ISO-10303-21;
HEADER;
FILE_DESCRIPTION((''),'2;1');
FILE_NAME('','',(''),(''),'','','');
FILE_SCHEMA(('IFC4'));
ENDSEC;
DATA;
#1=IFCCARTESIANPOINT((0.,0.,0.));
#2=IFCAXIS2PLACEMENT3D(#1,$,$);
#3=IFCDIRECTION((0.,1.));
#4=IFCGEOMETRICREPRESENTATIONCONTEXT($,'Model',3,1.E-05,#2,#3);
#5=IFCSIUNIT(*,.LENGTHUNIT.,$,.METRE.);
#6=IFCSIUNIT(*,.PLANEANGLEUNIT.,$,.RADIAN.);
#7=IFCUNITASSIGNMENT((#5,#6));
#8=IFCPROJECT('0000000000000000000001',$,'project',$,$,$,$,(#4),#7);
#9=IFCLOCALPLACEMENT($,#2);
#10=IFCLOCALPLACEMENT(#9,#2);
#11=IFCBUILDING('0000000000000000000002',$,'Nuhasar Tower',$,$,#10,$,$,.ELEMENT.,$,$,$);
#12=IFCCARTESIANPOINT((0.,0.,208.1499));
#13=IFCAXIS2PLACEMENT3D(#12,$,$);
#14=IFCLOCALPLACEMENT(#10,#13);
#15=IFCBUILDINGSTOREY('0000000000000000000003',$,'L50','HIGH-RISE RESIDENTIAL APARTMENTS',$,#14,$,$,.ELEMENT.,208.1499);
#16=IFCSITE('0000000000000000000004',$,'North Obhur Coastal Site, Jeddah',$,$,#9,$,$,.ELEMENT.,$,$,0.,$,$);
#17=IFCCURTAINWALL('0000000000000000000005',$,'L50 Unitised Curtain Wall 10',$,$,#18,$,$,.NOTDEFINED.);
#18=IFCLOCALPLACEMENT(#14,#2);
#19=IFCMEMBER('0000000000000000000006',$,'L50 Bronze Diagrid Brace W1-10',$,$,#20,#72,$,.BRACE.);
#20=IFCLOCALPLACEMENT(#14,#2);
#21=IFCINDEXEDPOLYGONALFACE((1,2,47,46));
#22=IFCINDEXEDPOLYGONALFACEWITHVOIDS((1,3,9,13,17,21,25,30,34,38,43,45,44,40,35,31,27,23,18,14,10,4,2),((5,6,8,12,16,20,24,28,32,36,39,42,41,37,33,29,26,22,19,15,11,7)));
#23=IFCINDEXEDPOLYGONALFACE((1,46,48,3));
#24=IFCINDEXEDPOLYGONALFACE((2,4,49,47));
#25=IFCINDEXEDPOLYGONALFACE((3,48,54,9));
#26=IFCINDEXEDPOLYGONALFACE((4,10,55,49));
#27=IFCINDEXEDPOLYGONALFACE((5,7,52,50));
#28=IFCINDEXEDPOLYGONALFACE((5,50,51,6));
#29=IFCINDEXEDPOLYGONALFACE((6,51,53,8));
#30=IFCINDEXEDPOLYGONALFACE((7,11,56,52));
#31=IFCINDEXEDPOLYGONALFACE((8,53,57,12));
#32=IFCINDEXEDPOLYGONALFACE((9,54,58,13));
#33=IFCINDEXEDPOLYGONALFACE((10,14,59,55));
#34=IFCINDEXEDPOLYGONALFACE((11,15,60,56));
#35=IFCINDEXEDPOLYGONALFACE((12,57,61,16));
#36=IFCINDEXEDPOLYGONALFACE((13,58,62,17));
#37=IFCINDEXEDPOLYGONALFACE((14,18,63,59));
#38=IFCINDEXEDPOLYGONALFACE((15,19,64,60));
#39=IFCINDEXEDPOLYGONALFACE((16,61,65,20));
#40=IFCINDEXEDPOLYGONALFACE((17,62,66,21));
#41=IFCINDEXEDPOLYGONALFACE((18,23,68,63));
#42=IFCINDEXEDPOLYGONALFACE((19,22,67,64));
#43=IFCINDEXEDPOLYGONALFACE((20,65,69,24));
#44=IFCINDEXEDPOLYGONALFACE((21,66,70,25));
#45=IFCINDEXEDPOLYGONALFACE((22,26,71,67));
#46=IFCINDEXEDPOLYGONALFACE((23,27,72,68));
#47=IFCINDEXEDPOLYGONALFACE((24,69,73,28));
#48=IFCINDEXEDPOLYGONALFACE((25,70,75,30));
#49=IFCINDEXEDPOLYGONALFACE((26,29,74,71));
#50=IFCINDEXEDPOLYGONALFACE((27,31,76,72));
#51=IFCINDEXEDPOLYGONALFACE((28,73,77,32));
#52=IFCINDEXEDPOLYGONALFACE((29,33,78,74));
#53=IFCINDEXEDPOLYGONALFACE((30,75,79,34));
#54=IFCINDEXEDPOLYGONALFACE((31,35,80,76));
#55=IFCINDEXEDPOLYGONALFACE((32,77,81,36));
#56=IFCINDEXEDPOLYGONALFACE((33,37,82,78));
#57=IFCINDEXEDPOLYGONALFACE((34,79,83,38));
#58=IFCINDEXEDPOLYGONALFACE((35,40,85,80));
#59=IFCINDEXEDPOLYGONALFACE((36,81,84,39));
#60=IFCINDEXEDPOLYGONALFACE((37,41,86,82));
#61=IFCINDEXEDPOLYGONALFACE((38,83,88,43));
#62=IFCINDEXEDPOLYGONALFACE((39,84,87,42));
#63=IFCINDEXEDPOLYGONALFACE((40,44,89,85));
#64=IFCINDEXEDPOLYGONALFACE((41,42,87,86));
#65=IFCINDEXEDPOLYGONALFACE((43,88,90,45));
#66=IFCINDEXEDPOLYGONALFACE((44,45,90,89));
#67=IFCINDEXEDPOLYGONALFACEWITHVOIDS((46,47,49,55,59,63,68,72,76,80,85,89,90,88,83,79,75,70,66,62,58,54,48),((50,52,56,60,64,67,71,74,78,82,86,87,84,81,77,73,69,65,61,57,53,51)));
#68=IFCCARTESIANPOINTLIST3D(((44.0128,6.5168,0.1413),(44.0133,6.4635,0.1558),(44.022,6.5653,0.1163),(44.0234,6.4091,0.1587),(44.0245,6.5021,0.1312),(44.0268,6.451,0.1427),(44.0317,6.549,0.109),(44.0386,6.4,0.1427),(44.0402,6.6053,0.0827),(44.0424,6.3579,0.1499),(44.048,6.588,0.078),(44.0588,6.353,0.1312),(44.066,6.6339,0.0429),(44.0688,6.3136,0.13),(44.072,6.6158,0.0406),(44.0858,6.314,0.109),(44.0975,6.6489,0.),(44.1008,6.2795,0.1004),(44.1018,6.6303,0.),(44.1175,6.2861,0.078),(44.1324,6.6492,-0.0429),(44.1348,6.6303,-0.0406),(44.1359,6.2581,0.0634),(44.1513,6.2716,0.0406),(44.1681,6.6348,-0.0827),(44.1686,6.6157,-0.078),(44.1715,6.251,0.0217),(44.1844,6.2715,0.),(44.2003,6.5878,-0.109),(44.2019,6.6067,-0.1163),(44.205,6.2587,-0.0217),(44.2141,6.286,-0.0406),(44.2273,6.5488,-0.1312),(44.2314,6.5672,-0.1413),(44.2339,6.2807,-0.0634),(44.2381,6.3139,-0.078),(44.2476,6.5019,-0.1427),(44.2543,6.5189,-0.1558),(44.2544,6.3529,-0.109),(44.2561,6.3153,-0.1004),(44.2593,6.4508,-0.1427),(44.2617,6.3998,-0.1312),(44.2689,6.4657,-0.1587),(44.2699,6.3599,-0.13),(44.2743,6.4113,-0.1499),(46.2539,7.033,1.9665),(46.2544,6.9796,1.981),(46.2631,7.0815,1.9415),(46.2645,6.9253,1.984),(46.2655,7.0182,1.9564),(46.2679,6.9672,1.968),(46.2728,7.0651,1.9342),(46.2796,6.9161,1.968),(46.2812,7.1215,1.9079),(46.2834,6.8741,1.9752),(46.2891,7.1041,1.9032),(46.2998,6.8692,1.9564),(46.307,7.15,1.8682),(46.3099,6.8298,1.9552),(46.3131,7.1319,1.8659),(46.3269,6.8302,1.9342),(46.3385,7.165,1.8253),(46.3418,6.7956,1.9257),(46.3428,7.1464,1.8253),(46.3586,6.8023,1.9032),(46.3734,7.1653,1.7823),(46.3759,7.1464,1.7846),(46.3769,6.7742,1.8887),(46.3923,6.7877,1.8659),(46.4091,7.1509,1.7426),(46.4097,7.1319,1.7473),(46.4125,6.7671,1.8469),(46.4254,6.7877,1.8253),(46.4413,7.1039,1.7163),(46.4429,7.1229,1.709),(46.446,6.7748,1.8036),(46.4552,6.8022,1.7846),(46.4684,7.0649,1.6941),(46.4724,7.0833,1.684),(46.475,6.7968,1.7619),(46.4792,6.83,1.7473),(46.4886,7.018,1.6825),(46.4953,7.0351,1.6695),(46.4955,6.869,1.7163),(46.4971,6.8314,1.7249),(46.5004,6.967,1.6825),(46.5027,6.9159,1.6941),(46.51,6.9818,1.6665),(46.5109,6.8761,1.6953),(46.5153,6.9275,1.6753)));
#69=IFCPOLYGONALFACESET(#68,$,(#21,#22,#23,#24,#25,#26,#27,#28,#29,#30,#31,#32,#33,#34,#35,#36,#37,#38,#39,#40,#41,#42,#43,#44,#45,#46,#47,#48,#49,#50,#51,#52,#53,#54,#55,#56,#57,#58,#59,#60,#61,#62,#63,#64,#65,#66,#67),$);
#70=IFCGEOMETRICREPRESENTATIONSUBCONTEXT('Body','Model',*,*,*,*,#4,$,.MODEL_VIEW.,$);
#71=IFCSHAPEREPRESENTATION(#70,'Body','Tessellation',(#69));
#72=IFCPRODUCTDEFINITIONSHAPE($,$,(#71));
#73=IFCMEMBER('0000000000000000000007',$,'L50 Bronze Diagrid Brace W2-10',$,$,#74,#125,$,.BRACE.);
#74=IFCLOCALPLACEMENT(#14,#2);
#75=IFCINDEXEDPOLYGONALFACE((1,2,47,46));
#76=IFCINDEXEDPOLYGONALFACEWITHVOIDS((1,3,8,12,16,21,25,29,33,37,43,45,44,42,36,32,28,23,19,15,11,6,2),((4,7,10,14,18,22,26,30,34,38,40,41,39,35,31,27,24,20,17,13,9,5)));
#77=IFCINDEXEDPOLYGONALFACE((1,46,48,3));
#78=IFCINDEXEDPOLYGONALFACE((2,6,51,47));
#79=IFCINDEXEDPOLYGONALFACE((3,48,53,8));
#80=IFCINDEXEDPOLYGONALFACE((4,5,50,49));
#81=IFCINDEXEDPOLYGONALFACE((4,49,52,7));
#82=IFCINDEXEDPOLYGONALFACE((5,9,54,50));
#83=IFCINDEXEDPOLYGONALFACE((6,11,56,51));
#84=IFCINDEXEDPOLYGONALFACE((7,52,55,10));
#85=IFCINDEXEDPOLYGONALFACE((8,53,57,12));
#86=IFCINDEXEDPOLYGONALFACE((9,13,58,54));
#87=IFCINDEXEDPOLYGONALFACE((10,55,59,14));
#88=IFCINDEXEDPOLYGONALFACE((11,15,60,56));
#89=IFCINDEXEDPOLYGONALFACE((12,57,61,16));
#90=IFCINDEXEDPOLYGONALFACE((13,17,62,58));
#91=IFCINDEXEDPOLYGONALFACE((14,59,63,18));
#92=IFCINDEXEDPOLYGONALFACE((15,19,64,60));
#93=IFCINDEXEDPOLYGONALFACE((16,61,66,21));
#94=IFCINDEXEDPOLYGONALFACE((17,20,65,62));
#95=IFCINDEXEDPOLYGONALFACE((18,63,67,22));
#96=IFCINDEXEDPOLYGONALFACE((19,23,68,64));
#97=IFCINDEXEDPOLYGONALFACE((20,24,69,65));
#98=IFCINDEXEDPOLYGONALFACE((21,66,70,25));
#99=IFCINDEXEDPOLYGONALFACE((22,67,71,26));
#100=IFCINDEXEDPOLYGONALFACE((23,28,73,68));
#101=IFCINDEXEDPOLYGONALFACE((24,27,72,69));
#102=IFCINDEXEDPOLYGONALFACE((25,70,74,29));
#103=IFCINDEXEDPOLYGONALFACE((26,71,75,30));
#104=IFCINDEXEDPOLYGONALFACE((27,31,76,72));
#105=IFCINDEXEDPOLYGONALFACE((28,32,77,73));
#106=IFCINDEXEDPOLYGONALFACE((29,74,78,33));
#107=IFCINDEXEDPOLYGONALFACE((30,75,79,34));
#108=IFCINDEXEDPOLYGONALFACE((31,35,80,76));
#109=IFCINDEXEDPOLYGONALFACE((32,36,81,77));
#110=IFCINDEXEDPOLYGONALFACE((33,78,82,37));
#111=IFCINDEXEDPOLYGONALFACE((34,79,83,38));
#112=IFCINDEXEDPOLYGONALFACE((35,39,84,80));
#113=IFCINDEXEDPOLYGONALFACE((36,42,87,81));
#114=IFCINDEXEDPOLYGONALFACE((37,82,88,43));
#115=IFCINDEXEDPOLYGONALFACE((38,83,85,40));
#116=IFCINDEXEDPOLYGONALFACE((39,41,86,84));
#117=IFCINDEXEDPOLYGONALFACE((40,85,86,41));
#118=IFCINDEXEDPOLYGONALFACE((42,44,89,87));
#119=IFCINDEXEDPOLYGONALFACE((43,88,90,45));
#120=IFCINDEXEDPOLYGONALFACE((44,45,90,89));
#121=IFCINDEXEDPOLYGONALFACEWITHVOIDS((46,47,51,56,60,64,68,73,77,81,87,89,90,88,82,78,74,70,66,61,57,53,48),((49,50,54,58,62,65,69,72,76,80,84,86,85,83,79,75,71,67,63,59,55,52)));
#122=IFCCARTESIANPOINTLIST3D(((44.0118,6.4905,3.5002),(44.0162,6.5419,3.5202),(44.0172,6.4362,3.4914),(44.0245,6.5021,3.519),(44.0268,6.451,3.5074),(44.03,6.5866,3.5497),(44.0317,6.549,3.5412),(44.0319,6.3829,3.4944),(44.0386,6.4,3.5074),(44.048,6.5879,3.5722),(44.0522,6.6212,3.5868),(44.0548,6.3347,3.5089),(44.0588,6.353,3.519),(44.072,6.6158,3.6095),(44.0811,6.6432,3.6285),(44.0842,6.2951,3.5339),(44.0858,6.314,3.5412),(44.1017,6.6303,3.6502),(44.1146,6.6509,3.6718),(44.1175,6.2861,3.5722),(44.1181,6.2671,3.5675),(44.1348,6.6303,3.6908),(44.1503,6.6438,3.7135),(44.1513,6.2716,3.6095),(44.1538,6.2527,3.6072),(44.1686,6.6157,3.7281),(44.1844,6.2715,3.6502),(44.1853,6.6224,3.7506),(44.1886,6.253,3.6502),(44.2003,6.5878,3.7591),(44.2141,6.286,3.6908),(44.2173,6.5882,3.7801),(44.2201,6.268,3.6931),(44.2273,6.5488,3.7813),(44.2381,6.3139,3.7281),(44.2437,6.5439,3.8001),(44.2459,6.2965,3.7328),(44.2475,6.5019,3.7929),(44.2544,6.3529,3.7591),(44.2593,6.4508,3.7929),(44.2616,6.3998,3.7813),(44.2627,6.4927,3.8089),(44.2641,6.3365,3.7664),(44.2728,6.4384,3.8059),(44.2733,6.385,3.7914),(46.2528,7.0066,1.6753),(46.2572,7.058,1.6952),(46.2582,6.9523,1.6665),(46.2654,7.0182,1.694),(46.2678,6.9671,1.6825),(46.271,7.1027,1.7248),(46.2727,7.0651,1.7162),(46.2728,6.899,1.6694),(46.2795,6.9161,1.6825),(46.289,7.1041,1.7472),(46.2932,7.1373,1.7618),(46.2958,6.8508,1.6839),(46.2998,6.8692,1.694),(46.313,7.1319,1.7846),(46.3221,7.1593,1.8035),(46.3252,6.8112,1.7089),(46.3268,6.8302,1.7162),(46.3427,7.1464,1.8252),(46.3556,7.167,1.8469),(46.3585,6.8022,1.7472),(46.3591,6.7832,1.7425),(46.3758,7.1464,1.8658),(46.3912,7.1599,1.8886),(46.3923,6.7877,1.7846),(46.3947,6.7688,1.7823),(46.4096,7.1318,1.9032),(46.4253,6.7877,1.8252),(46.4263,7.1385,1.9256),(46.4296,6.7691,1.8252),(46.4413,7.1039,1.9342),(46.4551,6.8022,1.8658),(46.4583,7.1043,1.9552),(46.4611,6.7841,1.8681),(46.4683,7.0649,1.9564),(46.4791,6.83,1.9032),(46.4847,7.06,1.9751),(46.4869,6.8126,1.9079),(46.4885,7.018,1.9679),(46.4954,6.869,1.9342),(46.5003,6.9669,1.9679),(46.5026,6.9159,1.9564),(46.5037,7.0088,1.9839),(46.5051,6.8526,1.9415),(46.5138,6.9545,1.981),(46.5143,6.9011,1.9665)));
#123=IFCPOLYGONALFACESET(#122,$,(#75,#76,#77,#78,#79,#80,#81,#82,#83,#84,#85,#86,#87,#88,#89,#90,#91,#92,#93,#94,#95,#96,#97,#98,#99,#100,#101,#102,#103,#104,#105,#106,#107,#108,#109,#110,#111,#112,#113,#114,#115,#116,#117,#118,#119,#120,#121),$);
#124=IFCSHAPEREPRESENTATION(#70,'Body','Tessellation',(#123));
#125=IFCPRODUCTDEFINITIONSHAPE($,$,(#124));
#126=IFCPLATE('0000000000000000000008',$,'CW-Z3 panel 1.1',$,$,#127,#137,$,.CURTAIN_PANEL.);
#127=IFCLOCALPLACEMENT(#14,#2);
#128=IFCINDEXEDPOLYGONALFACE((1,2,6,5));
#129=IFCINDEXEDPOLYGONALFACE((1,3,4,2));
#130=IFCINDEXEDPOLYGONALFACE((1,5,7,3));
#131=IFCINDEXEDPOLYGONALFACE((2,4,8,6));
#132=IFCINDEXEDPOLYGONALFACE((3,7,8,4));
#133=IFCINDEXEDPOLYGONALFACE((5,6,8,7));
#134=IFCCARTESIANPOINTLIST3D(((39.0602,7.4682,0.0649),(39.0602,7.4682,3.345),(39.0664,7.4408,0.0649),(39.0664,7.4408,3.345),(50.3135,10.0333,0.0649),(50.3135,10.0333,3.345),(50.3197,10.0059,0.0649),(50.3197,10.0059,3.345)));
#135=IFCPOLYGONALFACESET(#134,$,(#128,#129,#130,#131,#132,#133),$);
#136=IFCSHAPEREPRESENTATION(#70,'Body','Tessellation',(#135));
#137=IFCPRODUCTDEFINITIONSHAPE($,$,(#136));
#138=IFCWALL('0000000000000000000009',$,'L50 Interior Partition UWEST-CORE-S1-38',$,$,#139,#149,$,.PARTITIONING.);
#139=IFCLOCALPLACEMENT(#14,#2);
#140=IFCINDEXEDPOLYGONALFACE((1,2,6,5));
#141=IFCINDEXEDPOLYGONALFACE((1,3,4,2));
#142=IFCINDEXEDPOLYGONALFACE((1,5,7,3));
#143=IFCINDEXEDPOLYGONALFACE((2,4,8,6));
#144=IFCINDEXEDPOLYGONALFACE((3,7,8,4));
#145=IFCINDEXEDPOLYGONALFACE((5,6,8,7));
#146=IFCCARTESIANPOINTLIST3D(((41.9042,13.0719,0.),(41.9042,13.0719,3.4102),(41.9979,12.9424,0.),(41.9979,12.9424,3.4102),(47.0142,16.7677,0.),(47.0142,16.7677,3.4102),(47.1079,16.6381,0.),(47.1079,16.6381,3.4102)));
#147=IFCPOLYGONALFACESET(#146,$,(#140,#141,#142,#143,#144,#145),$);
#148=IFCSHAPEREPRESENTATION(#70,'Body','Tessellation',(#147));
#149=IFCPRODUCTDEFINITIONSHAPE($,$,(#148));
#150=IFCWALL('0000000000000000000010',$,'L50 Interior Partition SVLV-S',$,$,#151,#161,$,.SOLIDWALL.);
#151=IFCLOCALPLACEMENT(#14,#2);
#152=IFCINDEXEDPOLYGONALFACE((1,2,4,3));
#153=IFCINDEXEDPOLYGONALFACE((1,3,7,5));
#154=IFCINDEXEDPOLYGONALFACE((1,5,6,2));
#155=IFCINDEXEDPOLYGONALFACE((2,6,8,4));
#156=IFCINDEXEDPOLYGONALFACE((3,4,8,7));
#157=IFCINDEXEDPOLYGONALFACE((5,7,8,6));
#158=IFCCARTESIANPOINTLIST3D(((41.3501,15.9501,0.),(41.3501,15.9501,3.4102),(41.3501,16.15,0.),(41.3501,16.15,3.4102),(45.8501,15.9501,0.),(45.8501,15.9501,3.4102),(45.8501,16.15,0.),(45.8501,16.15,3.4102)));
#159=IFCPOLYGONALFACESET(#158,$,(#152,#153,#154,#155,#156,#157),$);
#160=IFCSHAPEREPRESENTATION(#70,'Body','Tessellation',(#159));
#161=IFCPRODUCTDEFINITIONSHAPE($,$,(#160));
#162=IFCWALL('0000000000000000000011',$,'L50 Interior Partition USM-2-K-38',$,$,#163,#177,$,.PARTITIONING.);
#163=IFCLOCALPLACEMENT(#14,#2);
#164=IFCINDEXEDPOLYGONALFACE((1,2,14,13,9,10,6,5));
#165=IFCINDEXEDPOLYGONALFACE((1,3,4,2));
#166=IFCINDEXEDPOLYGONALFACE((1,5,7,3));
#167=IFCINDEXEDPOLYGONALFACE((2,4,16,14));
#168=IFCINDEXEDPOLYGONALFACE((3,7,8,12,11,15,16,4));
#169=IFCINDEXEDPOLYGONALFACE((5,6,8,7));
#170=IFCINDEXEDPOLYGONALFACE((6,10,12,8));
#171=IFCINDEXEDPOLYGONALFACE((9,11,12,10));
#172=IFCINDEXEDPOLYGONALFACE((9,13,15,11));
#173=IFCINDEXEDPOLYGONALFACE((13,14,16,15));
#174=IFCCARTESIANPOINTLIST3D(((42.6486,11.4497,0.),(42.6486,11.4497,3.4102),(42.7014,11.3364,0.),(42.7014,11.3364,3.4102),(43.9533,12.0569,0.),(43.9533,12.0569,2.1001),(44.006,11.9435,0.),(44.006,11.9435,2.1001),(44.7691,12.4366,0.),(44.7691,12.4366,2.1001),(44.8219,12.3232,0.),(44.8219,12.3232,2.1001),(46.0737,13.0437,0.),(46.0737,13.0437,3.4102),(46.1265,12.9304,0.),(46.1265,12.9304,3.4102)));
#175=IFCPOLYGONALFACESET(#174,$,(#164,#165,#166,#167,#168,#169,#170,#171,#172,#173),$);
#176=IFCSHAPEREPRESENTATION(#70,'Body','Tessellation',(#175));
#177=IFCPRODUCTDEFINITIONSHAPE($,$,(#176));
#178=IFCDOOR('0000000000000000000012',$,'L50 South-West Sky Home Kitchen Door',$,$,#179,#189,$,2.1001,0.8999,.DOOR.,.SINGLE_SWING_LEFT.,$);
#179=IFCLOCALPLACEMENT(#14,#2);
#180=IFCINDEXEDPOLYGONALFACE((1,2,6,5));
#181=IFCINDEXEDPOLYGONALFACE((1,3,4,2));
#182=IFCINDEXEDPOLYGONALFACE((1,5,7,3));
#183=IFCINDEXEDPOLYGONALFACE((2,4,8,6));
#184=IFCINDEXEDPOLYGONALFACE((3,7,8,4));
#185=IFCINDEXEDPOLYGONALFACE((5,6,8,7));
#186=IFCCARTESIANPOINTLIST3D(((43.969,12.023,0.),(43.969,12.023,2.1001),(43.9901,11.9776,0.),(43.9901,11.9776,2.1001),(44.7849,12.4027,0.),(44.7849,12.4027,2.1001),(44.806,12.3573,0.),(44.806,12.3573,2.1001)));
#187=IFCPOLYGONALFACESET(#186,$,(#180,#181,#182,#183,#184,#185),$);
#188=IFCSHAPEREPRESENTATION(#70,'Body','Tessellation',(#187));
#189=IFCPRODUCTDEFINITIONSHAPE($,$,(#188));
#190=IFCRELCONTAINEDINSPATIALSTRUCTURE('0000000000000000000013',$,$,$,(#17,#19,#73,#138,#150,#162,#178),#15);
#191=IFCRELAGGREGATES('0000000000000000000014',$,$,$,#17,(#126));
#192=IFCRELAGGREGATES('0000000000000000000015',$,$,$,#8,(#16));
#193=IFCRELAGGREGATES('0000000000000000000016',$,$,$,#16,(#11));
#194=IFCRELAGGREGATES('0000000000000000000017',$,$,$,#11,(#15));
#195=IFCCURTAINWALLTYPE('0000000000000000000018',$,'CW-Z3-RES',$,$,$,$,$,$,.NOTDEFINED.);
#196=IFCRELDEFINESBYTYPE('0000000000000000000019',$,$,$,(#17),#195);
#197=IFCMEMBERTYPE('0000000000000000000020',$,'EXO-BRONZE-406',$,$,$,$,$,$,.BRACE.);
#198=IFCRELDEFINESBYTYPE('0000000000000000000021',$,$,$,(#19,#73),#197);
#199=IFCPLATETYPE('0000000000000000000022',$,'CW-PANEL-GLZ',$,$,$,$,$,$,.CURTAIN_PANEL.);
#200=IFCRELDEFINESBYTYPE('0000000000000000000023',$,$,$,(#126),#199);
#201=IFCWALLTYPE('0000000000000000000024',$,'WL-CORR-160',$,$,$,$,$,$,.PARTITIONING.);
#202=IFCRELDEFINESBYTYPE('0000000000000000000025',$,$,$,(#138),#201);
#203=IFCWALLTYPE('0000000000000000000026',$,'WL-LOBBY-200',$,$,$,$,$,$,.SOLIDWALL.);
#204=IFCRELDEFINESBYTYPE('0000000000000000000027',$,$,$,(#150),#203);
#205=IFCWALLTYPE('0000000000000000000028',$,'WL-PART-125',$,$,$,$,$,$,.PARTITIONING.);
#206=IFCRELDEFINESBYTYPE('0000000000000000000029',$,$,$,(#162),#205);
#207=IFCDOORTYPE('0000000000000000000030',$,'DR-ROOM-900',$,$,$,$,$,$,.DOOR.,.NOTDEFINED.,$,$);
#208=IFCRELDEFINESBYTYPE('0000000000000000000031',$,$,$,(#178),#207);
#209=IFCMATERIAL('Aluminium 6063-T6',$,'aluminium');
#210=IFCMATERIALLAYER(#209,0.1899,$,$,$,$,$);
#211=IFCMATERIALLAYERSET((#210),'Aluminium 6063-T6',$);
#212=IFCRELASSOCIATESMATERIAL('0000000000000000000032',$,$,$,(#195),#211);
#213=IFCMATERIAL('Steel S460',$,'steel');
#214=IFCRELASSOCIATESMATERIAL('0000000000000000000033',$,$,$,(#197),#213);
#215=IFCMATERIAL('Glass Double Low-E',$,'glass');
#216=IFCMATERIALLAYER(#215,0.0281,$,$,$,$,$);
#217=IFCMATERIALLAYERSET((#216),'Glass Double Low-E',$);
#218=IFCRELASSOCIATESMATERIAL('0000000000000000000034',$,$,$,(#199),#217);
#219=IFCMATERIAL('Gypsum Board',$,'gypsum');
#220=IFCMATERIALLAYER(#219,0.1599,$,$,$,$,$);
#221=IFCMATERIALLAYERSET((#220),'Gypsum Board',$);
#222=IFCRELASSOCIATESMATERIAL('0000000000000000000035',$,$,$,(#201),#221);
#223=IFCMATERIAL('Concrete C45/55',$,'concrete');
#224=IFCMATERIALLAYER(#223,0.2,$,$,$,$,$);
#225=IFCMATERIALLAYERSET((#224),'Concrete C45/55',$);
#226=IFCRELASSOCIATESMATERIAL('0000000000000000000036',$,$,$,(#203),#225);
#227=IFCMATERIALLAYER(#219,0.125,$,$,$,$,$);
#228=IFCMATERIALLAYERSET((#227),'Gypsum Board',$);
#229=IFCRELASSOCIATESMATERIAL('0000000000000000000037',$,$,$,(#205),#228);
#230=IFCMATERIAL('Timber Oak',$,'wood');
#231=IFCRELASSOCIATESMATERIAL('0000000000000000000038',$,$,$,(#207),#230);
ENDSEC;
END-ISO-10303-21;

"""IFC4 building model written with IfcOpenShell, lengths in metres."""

from ifc_helpers import new_model, si_unit, direction, frame, frame_2d, origin, origin_2d, place, context, subcontext, project, spatial, rectangle, hollow_circle, extrude, material, layer, layer_set, material_profile, profile_set, type_object, element, fill, aggregate, save


model = new_model("IFC4")

# Units and contexts
model_context = context("Model", 3, precision=1e-05, world=origin(), true_north=direction((0.0, 1.0)))
body_context = subcontext(model_context, "Body", "Model", "MODEL_VIEW")
ifc_project = project(units=[si_unit("LENGTHUNIT", "METRE"), si_unit("PLANEANGLEUNIT", "RADIAN")], contexts=[model_context])

# Site, building, storey
site_placement = place(None, origin())
site = spatial("IfcSite", under=ifc_project, at=site_placement, Name="North Obhur Coastal Site, Jeddah", CompositionType="ELEMENT", RefElevation=0.0)
building_placement = place(site_placement, origin())
building = spatial("IfcBuilding", under=site, at=building_placement, Name="Nuhasar Tower", CompositionType="ELEMENT")
storey_placement = place(building_placement, frame((0.0, 0.0, 208.1499)))
storey = spatial("IfcBuildingStorey", under=building, at=storey_placement, Name="L50", Description="HIGH-RISE RESIDENTIAL APARTMENTS", CompositionType="ELEMENT", Elevation=208.1499)

# Curtain wall
ifc_material_1 = material(Name="Aluminium 6063-T6", Category="aluminium")
ifc_layer_1 = layer(ifc_material_1, 0.1899)
ifc_layer_set_1 = layer_set([ifc_layer_1], Name="Aluminium 6063-T6")
curtain_wall_type = type_object("IfcCurtainWallType", Name="CW-Z3-RES", PredefinedType="NOTDEFINED", material=ifc_layer_set_1)
curtain_wall_placement = place(storey_placement, origin())
curtain_wall = element("IfcCurtainWall", 1, at=curtain_wall_placement, inside=storey, type_object=curtain_wall_type, Name="L50 Unitised Curtain Wall 10", PredefinedType="NOTDEFINED")

# Members
ifc_material_2 = material(Name="Steel S460", Category="steel")
ifc_material_profile_1 = material_profile(ifc_material_2, hollow_circle(Radius=0.2031, WallThickness=0.019, at=origin_2d()), Name="HSS406.4X19.1")
ifc_profile_set_1 = profile_set([ifc_material_profile_1], Name="Steel S460")
member_type_1 = type_object("IfcMemberType", Name="EXO-BRONZE-406", PredefinedType="BRACE", material=ifc_profile_set_1)
member_1_placement = place(storey_placement, frame((44.1431, 6.4509, 0.0), z_axis=(0.763292, 0.175793, 0.621677), x_axis=(-0.224433, 0.97449, 0.0)))
element("IfcMember", 2, at=member_1_placement, inside=storey, type_object=member_type_1, Name="L50 Bronze Diagrid Brace W1-10", PredefinedType="BRACE", context=body_context, shape_type="SweptSolid", body=[
    extrude(hollow_circle(Radius=0.2031, WallThickness=0.019, at=origin_2d()), origin(), (0.0, 0.0, 1.0), 2.936),
])
member_2_placement = place(storey_placement, frame((46.384, 6.967, 1.8252), z_axis=(-0.763332, -0.175802, 0.621626), x_axis=(0.224433, -0.97449, 0.0)))
element("IfcMember", 3, at=member_2_placement, inside=storey, type_object=member_type_1, Name="L50 Bronze Diagrid Brace W2-10", PredefinedType="BRACE", context=body_context, shape_type="SweptSolid", body=[
    extrude(hollow_circle(Radius=0.2031, WallThickness=0.019, at=origin_2d()), origin(), (0.0, 0.0, 1.0), 2.9358),
])

# Plate
ifc_material_3 = material(Name="Glass Double Low-E", Category="glass")
ifc_layer_2 = layer(ifc_material_3, 0.0281)
ifc_layer_set_2 = layer_set([ifc_layer_2], Name="Glass Double Low-E")
plate_type = type_object("IfcPlateType", Name="CW-PANEL-GLZ", PredefinedType="CURTAIN_PANEL", material=ifc_layer_set_2)
plate_placement = place(storey_placement, frame((44.6899, 8.7371, 0.0649), z_axis=(0.0, 0.0, 1.0), x_axis=(0.974991, 0.222243, 0.0)))
plate = element("IfcPlate", 4, at=plate_placement, type_object=plate_type, Name="CW-Z3 panel 1.1", PredefinedType="CURTAIN_PANEL", context=body_context, shape_type="SweptSolid", body=[
    extrude(rectangle(XDim=11.542, YDim=0.0281, at=origin_2d()), origin(), (0.0, 0.0, 1.0), 3.28),
])
aggregate(curtain_wall, [plate])

# Wall
ifc_material_4 = material(Name="Gypsum Board", Category="gypsum")
ifc_layer_3 = layer(ifc_material_4, 0.1599)
ifc_layer_set_3 = layer_set([ifc_layer_3], Name="Gypsum Board")
wall_type_1 = type_object("IfcWallType", Name="WL-CORR-160", PredefinedType="PARTITIONING", material=ifc_layer_set_3)
wall_1_placement = place(storey_placement, frame((41.9509, 13.0071, 0.0), z_axis=(0.0, 0.0, 1.0), x_axis=(0.81029, 0.586029, 0.0)))
element("IfcWall", 5, at=wall_1_placement, inside=storey, type_object=wall_type_1, Name="L50 Interior Partition UWEST-CORE-S1-38", PredefinedType="PARTITIONING", context=body_context, shape_type="SweptSolid", body=[
    extrude(rectangle(XDim=6.3064, YDim=0.1599, at=frame_2d((3.1533, 0.0))), origin(), (0.0, 0.0, 1.0), 3.4102),
])

# Shared definitions
ifc_material_5 = material(Name="Concrete C45/55", Category="concrete")
ifc_layer_4 = layer(ifc_material_5, 0.2)
ifc_layer_set_4 = layer_set([ifc_layer_4], Name="Concrete C45/55")
wall_type_2 = type_object("IfcWallType", Name="WL-LOBBY-200", PredefinedType="SOLIDWALL", material=ifc_layer_set_4)

# Wall
wall_2_placement = place(storey_placement, frame((41.3501, 16.05, 0.0), z_axis=(0.0, 0.0, 1.0), x_axis=(1.0, 0.0, 0.0)))
element("IfcWall", 6, at=wall_2_placement, inside=storey, type_object=wall_type_2, Name="L50 Interior Partition SVLV-S", PredefinedType="SOLIDWALL", context=body_context, shape_type="SweptSolid", body=[
    extrude(rectangle(XDim=4.5, YDim=0.2, at=frame_2d((2.25, 0.0))), origin(), (0.0, 0.0, 1.0), 3.4102),
])

# Wall, opening, door
ifc_layer_5 = layer(ifc_material_4, 0.125)
ifc_layer_set_5 = layer_set([ifc_layer_5], Name="Gypsum Board")
wall_type_3 = type_object("IfcWallType", Name="WL-PART-125", PredefinedType="PARTITIONING", material=ifc_layer_set_5)
wall_3_placement = place(storey_placement, frame((46.1001, 12.9871, 0.0), z_axis=(0.0, 0.0, 1.0), x_axis=(-0.906625, -0.421937, 0.0)))
wall_3 = element("IfcWall", 7, at=wall_3_placement, inside=storey, type_object=wall_type_3, Name="L50 Interior Partition USM-2-K-38", PredefinedType="PARTITIONING", context=body_context, shape_type="SweptSolid", body=[
    extrude(rectangle(XDim=3.7778, YDim=0.125, at=frame_2d((1.8889, 0.0))), origin(), (0.0, 0.0, 1.0), 3.4102),
])
opening_1_placement = place(wall_3_placement, frame((1.439, 0.0, 0.0)))
opening_1 = element("IfcOpeningElement", 8, at=opening_1_placement, cuts=wall_3, PredefinedType="OPENING", context=body_context, shape_type="SweptSolid", body=[
    extrude(rectangle(XDim=0.8999, YDim=2.1001, at=frame_2d((0.45, 1.05))), frame((0.0, 0.0725, 0.0), z_axis=(0.0, -1.0, 0.0), x_axis=(1.0, 0.0, 0.0)), (0.0, 0.0, 1.0), 0.145),
])
ifc_material_6 = material(Name="Timber Oak", Category="wood")
door_type_1 = type_object("IfcDoorType", Name="DR-ROOM-900", OperationType="NOTDEFINED", PredefinedType="DOOR", material=ifc_material_6)
door_1_placement = place(opening_1_placement, origin())
door_1 = element("IfcDoor", 9, at=door_1_placement, inside=storey, type_object=door_type_1, Name="L50 South-West Sky Home Kitchen Door", OperationType="SINGLE_SWING_LEFT", OverallHeight=2.1001, OverallWidth=0.8999, PredefinedType="DOOR", context=body_context, shape_type="SweptSolid", body=[
    extrude(rectangle(XDim=0.8999, YDim=2.1001, at=frame_2d((0.45, 1.05))), frame((0.0, 0.0249, 0.0), z_axis=(0.0, -1.0, 0.0), x_axis=(1.0, 0.0, 0.0)), (0.0, 0.0, 1.0), 0.05),
])
fill(opening_1, door_1)

save(model, "model.ifc")
